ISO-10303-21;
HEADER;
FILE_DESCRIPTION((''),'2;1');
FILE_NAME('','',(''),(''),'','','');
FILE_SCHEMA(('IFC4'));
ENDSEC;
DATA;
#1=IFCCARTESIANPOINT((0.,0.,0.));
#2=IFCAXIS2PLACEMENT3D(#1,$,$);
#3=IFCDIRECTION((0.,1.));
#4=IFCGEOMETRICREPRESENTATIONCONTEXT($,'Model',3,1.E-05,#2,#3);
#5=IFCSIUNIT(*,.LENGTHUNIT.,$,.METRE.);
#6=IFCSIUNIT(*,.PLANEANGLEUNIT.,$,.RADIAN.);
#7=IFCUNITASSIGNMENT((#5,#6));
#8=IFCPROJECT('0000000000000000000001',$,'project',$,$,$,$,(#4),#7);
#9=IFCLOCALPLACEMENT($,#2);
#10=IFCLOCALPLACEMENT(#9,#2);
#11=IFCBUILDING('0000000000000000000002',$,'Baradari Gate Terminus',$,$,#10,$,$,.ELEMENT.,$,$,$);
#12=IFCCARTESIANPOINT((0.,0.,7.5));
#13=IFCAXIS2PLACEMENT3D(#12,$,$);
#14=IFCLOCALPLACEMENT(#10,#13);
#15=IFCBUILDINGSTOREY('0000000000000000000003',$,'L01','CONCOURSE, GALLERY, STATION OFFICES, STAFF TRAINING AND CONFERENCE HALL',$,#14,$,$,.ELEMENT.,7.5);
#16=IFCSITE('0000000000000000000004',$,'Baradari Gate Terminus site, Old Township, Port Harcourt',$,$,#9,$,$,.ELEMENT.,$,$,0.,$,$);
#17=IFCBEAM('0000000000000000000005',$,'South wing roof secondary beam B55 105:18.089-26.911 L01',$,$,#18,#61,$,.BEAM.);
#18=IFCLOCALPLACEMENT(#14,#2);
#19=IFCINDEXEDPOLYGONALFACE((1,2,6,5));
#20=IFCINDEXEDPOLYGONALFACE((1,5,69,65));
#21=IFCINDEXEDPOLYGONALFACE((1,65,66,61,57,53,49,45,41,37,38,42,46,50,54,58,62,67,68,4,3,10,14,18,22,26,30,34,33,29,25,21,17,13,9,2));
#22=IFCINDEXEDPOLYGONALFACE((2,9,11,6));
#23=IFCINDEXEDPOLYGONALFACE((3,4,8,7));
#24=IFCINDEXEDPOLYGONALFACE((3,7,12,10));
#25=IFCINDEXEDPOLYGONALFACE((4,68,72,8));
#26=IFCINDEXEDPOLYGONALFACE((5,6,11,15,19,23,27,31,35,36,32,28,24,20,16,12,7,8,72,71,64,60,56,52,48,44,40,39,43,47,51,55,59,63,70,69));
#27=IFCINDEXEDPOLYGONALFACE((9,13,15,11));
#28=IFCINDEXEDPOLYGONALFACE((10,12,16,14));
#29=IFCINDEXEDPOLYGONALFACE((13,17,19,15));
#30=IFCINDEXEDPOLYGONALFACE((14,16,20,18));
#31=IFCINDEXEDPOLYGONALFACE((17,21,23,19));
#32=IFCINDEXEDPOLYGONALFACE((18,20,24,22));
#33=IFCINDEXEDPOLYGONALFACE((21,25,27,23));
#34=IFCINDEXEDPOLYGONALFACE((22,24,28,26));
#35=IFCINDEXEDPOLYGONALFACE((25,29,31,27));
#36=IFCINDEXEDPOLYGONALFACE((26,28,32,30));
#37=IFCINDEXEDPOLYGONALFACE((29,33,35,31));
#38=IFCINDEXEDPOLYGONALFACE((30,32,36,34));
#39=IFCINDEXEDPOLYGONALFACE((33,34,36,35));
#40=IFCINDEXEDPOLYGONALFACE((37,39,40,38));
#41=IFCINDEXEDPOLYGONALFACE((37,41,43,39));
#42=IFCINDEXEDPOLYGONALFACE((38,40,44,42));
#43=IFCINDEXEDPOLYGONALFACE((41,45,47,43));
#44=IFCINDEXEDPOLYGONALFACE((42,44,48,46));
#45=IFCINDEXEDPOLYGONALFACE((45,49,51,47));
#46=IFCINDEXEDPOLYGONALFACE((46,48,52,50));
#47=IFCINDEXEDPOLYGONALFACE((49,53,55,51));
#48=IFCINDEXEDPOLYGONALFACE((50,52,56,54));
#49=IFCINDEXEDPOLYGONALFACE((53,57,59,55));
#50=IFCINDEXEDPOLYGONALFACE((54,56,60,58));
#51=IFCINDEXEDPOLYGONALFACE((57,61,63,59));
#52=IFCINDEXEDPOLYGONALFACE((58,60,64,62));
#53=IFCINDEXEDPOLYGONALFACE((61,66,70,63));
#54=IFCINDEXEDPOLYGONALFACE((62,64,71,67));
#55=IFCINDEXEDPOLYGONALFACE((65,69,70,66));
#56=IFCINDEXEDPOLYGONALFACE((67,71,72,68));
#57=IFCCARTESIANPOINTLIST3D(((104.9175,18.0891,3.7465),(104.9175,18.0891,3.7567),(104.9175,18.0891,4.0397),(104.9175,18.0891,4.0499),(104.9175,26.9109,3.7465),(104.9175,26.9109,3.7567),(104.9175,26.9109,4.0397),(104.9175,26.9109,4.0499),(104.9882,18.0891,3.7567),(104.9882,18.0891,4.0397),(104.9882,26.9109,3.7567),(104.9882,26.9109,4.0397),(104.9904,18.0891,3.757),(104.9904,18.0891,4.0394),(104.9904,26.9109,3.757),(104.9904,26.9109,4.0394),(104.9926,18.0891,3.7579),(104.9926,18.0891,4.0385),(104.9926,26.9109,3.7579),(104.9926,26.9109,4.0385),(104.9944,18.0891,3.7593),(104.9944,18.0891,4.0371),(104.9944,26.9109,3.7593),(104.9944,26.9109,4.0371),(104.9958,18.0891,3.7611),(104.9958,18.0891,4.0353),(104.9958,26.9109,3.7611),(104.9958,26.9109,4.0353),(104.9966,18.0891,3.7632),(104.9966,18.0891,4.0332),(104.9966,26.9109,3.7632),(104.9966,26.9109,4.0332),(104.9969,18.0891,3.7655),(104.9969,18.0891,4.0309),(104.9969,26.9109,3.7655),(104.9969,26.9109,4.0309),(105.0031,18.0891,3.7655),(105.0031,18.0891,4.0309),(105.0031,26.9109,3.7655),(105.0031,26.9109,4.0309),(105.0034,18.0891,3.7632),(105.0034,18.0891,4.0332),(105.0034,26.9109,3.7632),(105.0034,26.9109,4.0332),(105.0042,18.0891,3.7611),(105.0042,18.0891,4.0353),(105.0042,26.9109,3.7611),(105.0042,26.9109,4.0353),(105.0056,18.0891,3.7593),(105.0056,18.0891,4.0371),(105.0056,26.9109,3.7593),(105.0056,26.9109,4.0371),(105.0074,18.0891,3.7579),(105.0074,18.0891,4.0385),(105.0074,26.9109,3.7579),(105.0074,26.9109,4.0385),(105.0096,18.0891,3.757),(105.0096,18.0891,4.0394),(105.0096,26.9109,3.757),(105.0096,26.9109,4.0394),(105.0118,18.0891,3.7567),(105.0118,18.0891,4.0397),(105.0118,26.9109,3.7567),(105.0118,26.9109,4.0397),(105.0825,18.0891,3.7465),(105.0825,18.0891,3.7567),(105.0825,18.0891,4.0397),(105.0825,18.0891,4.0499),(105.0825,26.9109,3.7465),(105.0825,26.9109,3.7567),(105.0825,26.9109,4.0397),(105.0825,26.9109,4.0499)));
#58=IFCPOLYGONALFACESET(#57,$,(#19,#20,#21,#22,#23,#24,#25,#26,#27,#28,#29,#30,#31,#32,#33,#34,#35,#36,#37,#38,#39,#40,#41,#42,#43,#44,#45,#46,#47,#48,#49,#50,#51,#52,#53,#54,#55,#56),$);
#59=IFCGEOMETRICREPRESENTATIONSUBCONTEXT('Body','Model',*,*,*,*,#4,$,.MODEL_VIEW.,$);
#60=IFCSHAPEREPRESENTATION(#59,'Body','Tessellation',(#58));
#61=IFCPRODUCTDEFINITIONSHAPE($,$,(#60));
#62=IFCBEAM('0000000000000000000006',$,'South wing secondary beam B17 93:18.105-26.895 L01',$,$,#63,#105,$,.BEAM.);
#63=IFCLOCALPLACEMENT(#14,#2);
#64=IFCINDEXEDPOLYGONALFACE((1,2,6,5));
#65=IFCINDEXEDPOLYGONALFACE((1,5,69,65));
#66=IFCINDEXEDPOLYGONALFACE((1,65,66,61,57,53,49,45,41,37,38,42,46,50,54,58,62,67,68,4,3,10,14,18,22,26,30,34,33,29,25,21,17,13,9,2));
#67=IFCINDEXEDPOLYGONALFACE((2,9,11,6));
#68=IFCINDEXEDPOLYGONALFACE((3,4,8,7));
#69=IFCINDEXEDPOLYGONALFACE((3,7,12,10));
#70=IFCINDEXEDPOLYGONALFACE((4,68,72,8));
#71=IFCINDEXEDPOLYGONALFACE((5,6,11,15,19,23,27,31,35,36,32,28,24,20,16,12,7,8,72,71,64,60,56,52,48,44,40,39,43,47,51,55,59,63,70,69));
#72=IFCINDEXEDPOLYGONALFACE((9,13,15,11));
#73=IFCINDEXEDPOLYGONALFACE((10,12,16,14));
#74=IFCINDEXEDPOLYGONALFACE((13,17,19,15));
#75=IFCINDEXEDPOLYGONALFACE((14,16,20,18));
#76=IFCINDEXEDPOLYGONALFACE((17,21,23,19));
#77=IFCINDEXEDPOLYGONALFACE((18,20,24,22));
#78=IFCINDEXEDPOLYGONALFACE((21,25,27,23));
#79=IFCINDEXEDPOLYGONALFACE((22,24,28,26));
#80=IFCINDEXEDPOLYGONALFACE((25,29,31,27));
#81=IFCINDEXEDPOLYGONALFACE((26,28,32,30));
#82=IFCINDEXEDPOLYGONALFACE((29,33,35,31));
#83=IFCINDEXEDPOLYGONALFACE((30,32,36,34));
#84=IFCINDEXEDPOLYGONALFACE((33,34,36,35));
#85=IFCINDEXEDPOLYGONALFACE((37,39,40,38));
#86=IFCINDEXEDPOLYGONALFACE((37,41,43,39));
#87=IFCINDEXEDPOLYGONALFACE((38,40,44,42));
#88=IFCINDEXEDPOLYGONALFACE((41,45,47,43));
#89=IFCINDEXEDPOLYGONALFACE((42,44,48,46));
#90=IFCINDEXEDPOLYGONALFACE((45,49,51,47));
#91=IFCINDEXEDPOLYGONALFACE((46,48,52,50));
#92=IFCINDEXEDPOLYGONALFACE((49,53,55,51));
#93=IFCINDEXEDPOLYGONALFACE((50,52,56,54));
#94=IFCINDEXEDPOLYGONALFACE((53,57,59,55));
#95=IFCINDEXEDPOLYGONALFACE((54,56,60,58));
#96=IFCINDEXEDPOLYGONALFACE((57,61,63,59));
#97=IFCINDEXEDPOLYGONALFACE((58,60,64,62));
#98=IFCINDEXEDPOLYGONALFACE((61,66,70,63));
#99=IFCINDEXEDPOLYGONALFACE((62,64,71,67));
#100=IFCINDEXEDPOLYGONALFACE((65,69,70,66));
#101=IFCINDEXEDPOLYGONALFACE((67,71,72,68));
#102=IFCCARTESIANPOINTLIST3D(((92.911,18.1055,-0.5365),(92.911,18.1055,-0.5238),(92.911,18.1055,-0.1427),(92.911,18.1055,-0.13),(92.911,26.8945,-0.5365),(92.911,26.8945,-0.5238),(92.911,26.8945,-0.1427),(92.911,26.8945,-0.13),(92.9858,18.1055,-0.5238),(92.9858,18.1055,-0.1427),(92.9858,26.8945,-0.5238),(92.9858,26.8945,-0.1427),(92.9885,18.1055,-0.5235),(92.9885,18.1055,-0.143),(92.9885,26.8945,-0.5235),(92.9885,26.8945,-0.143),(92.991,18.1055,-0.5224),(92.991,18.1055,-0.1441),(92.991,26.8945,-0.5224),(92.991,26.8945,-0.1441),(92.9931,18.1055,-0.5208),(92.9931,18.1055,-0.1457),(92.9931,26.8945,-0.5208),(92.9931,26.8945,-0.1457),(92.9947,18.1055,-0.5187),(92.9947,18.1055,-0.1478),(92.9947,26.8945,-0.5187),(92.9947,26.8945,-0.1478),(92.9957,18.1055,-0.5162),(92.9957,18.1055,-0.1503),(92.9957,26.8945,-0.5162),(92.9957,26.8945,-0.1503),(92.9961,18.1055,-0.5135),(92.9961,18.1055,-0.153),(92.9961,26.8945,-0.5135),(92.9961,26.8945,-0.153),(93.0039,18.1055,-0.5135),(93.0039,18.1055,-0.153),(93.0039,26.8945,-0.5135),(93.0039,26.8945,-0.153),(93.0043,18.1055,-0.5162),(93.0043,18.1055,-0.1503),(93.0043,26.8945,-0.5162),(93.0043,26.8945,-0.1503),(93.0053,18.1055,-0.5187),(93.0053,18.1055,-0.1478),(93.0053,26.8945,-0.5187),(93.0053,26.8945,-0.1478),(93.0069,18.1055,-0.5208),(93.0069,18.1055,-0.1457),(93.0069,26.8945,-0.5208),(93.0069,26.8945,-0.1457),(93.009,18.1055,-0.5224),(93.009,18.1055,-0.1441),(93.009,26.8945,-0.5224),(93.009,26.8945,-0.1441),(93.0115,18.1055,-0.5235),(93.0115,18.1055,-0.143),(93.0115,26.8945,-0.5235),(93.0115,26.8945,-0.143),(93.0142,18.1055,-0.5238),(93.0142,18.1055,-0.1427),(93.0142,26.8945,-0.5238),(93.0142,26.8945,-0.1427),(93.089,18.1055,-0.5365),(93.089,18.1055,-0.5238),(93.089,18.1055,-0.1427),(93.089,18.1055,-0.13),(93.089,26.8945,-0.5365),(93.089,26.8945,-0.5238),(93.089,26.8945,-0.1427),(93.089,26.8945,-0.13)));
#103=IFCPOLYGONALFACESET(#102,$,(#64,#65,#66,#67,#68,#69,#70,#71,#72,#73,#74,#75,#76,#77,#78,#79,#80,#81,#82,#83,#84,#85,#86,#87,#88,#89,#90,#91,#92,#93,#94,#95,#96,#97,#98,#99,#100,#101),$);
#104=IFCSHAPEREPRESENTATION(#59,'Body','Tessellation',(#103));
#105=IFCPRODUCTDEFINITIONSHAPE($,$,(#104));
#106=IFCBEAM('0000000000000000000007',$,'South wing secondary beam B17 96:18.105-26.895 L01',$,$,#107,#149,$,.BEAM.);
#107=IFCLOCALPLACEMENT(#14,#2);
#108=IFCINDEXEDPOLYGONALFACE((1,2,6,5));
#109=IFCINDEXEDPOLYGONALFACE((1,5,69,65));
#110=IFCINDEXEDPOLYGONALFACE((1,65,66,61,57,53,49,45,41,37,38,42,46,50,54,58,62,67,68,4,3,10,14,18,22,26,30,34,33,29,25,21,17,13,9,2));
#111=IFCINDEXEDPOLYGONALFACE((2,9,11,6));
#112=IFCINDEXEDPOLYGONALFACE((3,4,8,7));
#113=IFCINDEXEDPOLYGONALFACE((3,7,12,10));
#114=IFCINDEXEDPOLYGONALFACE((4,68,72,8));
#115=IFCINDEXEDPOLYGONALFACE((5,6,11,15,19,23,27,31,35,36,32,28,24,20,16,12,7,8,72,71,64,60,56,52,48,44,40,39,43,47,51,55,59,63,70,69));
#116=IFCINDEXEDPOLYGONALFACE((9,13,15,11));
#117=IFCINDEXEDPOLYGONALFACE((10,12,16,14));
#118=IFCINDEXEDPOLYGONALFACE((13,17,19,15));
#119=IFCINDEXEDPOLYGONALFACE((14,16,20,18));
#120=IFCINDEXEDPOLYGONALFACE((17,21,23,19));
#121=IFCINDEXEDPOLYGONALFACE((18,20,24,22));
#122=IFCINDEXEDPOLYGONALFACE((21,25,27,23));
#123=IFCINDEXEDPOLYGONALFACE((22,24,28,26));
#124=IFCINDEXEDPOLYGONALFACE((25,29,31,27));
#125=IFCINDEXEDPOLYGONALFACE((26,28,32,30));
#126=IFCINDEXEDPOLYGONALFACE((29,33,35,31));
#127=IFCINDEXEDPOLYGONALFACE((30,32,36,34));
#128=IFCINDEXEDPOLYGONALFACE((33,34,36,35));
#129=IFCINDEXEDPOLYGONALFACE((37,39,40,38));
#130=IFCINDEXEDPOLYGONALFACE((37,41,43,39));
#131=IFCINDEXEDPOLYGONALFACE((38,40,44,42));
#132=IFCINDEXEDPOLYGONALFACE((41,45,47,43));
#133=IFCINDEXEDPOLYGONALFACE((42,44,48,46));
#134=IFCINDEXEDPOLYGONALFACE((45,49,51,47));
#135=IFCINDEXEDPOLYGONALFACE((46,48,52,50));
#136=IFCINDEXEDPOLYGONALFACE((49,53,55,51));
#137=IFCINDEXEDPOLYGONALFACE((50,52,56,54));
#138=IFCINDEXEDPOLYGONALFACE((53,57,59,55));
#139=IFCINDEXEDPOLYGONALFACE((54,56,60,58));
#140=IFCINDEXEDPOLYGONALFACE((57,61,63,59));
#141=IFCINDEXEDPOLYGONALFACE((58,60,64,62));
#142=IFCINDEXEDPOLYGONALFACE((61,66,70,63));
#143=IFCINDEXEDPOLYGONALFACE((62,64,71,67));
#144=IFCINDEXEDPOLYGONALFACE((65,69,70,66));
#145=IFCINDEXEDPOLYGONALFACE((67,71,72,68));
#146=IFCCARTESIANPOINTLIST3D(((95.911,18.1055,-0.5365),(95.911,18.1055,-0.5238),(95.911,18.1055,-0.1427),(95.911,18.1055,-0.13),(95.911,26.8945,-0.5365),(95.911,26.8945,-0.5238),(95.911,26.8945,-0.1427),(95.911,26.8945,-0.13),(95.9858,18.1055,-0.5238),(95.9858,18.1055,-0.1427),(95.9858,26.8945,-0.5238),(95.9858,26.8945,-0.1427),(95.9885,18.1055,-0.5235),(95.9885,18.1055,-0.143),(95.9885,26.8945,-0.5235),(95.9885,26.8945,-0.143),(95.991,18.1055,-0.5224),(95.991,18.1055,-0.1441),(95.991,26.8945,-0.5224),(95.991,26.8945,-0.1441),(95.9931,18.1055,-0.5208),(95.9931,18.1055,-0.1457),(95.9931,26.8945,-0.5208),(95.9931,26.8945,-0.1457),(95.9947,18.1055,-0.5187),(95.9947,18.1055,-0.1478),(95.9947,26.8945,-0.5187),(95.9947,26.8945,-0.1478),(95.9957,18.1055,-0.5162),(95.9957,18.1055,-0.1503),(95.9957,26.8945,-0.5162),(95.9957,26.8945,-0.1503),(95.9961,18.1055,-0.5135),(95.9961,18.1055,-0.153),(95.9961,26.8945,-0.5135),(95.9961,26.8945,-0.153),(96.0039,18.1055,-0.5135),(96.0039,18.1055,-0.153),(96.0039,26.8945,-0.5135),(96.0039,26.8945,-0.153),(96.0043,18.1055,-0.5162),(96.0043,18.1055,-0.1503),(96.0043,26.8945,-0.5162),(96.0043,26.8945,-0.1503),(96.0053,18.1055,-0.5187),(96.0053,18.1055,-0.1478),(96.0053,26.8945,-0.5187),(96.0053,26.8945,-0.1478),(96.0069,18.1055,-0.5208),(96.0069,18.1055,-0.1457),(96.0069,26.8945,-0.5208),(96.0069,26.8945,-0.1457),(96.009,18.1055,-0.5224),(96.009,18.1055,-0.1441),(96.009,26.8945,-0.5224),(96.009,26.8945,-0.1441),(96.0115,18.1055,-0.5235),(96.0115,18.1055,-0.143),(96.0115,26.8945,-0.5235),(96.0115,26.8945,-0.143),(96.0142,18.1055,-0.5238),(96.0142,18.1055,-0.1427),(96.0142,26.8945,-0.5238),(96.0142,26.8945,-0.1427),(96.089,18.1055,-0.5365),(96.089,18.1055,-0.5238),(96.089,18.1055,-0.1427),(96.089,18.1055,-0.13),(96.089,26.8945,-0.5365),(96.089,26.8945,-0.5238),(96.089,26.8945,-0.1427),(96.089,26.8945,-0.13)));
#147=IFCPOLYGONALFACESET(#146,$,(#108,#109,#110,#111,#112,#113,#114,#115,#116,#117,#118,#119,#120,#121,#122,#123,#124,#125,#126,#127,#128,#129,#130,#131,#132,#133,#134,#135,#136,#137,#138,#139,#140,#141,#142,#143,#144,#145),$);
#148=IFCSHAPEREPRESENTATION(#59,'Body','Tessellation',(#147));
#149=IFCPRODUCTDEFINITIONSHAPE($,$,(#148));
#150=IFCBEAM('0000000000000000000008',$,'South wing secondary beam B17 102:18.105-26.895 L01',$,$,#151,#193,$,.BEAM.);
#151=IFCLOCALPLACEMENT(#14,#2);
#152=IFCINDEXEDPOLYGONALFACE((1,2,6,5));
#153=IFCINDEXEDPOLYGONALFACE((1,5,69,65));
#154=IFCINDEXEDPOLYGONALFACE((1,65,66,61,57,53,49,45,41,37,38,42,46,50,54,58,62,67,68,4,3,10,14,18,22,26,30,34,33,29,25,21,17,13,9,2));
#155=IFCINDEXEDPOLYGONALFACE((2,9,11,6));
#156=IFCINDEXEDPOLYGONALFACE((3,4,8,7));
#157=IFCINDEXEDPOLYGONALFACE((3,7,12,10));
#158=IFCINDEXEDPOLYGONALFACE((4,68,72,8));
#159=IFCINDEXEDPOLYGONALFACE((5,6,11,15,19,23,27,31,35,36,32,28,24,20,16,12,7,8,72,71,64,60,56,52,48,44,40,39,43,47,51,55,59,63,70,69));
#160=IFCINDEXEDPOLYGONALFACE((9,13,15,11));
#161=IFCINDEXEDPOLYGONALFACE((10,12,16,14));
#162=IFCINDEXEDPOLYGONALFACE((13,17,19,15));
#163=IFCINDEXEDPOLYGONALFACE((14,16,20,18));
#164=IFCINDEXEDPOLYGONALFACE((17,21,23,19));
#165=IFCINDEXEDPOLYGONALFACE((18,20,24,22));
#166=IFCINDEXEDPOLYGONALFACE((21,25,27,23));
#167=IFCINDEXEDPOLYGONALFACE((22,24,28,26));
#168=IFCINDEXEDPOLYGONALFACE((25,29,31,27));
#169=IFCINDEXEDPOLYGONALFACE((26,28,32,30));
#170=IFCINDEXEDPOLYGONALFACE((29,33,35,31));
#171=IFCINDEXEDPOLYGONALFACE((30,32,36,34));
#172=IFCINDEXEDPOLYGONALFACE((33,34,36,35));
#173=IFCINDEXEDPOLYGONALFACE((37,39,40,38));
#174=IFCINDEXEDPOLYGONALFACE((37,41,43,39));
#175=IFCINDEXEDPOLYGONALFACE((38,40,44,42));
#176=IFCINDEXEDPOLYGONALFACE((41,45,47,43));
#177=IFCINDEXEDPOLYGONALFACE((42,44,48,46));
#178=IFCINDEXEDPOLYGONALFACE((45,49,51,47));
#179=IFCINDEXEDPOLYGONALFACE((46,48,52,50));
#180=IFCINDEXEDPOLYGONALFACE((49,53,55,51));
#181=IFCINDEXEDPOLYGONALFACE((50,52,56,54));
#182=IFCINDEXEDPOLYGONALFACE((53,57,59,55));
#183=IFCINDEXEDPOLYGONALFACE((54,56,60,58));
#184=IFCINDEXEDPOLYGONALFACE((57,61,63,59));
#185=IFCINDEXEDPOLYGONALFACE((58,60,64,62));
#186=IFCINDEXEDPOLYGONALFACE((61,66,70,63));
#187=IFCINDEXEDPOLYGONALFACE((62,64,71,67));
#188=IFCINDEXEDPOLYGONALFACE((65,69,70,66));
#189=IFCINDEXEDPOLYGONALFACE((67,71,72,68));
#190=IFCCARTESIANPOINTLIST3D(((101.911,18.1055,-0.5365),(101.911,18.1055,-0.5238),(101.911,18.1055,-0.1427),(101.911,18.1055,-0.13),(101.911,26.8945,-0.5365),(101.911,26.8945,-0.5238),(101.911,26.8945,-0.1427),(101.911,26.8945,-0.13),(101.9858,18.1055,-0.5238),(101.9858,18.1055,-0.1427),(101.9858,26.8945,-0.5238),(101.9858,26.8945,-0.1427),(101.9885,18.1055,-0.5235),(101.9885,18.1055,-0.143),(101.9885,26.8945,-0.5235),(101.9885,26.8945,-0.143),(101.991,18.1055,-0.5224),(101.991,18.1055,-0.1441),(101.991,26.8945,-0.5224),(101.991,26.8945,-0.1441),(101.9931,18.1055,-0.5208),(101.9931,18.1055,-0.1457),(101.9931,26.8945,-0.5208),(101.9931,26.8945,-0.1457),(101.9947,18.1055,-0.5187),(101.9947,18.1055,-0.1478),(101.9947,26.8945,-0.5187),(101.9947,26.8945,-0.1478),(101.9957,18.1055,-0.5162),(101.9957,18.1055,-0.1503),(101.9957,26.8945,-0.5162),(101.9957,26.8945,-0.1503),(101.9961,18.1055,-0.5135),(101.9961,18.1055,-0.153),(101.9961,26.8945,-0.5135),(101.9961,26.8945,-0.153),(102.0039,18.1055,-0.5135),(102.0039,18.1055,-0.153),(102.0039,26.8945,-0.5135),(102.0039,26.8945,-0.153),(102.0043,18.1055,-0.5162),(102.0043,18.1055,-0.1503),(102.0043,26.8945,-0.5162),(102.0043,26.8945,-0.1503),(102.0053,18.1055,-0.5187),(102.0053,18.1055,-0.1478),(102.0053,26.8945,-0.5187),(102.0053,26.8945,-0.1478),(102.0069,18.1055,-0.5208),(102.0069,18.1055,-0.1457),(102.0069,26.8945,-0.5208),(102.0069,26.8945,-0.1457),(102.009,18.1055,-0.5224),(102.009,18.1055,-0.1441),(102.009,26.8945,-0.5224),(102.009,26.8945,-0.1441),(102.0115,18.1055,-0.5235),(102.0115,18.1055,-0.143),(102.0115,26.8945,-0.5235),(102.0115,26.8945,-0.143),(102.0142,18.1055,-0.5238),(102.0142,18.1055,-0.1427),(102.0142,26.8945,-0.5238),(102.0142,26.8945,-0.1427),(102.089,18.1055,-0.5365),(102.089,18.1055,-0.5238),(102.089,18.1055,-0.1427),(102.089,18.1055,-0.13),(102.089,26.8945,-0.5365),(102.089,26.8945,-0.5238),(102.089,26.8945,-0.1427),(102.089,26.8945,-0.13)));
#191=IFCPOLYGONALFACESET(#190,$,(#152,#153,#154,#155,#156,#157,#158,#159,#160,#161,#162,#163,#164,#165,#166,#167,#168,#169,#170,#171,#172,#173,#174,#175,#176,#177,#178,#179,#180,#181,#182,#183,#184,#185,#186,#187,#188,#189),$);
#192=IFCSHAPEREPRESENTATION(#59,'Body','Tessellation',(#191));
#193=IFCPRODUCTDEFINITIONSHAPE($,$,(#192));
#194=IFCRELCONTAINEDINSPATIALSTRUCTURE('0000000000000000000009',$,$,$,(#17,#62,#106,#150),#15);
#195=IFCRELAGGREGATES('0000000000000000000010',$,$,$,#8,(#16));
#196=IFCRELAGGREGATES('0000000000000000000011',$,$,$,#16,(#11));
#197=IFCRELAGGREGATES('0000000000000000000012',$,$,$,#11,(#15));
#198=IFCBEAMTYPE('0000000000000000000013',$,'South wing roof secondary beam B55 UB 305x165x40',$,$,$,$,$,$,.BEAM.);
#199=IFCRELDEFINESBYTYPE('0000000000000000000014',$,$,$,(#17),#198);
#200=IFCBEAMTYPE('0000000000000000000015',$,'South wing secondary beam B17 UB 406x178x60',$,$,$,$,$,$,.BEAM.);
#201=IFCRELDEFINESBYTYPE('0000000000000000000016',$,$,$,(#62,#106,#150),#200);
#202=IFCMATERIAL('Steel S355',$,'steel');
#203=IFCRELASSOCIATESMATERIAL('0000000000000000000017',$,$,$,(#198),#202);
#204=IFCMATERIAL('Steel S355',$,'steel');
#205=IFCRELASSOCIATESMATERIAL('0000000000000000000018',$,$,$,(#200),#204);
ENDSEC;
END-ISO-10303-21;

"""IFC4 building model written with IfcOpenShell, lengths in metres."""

from ifc_helpers import new_model, si_unit, direction, frame, origin, origin_2d, place, context, subcontext, project, spatial, i_section, extrude, material, material_profile, profile_set, type_object, element, save


model = new_model("IFC4")

# Units and contexts
model_context = context("Model", 3, precision=1e-05, world=origin(), true_north=direction((0.0, 1.0)))
body_context = subcontext(model_context, "Body", "Model", "MODEL_VIEW")
ifc_project = project(units=[si_unit("LENGTHUNIT", "METRE"), si_unit("PLANEANGLEUNIT", "RADIAN")], contexts=[model_context])

# Site, building, storey
site_placement = place(None, origin())
site = spatial("IfcSite", under=ifc_project, at=site_placement, Name="Baradari Gate Terminus site, Old Township, Port Harcourt", CompositionType="ELEMENT", RefElevation=0.0)
building_placement = place(site_placement, origin())
building = spatial("IfcBuilding", under=site, at=building_placement, Name="Baradari Gate Terminus", CompositionType="ELEMENT")
storey_placement = place(building_placement, frame((0.0, 0.0, 7.5)))
storey = spatial("IfcBuildingStorey", under=building, at=storey_placement, Name="L01", Description="CONCOURSE, GALLERY, STATION OFFICES, STAFF TRAINING AND CONFERENCE HALL", CompositionType="ELEMENT", Elevation=7.5)

# Beams
ifc_material_1 = material(Name="Steel S355", Category="steel")
ifc_material_profile_1 = material_profile(ifc_material_1, i_section(OverallWidth=0.165, OverallDepth=0.3035, WebThickness=0.0061, FlangeThickness=0.0103, FilletRadius=0.0088, at=origin_2d()), Name="UB 305x165x40")
ifc_profile_set_1 = profile_set([ifc_material_profile_1], Name="Steel S355")
beam_type_1 = type_object("IfcBeamType", Name="South wing roof secondary beam B55 UB 305x165x40", PredefinedType="BEAM", material=ifc_profile_set_1)
for number, where, z_axis, x_axis, name in (
    (1, (105.0, 18.0891, 3.8982), (0.0, 1.0, 0.0), (-1.0, 0.0, 0.0), "South wing roof secondary beam B55 105:18.089-26.911 L01"),
):
    element("IfcBeam", number, at=place(storey_placement, frame(where, z_axis=z_axis, x_axis=x_axis)), inside=storey, type_object=beam_type_1, Name=name, PredefinedType="BEAM", context=body_context, shape_type="SweptSolid", body=[
        extrude(i_section(OverallWidth=0.165, OverallDepth=0.3035, WebThickness=0.0061, FlangeThickness=0.0103, FilletRadius=0.0088, at=origin_2d()), origin(), (0.0, 0.0, 1.0), 8.8218),
    ])
ifc_material_2 = material(Name="Steel S355", Category="steel")
ifc_material_profile_2 = material_profile(ifc_material_2, i_section(OverallWidth=0.178, OverallDepth=0.4065, WebThickness=0.0078, FlangeThickness=0.0127, FilletRadius=0.0103, at=origin_2d()), Name="UB 406x178x60")
ifc_profile_set_2 = profile_set([ifc_material_profile_2], Name="Steel S355")
beam_type_2 = type_object("IfcBeamType", Name="South wing secondary beam B17 UB 406x178x60", PredefinedType="BEAM", material=ifc_profile_set_2)
for number, where, z_axis, x_axis, name in (
    (2, (93.0, 18.1055, -0.3333), (0.0, 1.0, 0.0), (-1.0, 0.0, 0.0), "South wing secondary beam B17 93:18.105-26.895 L01"),
    (3, (96.0, 18.1055, -0.3333), (0.0, 1.0, 0.0), (-1.0, 0.0, 0.0), "South wing secondary beam B17 96:18.105-26.895 L01"),
    (4, (102.0, 18.1055, -0.3333), (0.0, 1.0, 0.0), (-1.0, 0.0, 0.0), "South wing secondary beam B17 102:18.105-26.895 L01"),
):
    element("IfcBeam", number, at=place(storey_placement, frame(where, z_axis=z_axis, x_axis=x_axis)), inside=storey, type_object=beam_type_2, Name=name, PredefinedType="BEAM", context=body_context, shape_type="SweptSolid", body=[
        extrude(i_section(OverallWidth=0.178, OverallDepth=0.4065, WebThickness=0.0078, FlangeThickness=0.0127, FilletRadius=0.0103, at=origin_2d()), origin(), (0.0, 0.0, 1.0), 8.7891),
    ])

save(model, "model.ifc")
